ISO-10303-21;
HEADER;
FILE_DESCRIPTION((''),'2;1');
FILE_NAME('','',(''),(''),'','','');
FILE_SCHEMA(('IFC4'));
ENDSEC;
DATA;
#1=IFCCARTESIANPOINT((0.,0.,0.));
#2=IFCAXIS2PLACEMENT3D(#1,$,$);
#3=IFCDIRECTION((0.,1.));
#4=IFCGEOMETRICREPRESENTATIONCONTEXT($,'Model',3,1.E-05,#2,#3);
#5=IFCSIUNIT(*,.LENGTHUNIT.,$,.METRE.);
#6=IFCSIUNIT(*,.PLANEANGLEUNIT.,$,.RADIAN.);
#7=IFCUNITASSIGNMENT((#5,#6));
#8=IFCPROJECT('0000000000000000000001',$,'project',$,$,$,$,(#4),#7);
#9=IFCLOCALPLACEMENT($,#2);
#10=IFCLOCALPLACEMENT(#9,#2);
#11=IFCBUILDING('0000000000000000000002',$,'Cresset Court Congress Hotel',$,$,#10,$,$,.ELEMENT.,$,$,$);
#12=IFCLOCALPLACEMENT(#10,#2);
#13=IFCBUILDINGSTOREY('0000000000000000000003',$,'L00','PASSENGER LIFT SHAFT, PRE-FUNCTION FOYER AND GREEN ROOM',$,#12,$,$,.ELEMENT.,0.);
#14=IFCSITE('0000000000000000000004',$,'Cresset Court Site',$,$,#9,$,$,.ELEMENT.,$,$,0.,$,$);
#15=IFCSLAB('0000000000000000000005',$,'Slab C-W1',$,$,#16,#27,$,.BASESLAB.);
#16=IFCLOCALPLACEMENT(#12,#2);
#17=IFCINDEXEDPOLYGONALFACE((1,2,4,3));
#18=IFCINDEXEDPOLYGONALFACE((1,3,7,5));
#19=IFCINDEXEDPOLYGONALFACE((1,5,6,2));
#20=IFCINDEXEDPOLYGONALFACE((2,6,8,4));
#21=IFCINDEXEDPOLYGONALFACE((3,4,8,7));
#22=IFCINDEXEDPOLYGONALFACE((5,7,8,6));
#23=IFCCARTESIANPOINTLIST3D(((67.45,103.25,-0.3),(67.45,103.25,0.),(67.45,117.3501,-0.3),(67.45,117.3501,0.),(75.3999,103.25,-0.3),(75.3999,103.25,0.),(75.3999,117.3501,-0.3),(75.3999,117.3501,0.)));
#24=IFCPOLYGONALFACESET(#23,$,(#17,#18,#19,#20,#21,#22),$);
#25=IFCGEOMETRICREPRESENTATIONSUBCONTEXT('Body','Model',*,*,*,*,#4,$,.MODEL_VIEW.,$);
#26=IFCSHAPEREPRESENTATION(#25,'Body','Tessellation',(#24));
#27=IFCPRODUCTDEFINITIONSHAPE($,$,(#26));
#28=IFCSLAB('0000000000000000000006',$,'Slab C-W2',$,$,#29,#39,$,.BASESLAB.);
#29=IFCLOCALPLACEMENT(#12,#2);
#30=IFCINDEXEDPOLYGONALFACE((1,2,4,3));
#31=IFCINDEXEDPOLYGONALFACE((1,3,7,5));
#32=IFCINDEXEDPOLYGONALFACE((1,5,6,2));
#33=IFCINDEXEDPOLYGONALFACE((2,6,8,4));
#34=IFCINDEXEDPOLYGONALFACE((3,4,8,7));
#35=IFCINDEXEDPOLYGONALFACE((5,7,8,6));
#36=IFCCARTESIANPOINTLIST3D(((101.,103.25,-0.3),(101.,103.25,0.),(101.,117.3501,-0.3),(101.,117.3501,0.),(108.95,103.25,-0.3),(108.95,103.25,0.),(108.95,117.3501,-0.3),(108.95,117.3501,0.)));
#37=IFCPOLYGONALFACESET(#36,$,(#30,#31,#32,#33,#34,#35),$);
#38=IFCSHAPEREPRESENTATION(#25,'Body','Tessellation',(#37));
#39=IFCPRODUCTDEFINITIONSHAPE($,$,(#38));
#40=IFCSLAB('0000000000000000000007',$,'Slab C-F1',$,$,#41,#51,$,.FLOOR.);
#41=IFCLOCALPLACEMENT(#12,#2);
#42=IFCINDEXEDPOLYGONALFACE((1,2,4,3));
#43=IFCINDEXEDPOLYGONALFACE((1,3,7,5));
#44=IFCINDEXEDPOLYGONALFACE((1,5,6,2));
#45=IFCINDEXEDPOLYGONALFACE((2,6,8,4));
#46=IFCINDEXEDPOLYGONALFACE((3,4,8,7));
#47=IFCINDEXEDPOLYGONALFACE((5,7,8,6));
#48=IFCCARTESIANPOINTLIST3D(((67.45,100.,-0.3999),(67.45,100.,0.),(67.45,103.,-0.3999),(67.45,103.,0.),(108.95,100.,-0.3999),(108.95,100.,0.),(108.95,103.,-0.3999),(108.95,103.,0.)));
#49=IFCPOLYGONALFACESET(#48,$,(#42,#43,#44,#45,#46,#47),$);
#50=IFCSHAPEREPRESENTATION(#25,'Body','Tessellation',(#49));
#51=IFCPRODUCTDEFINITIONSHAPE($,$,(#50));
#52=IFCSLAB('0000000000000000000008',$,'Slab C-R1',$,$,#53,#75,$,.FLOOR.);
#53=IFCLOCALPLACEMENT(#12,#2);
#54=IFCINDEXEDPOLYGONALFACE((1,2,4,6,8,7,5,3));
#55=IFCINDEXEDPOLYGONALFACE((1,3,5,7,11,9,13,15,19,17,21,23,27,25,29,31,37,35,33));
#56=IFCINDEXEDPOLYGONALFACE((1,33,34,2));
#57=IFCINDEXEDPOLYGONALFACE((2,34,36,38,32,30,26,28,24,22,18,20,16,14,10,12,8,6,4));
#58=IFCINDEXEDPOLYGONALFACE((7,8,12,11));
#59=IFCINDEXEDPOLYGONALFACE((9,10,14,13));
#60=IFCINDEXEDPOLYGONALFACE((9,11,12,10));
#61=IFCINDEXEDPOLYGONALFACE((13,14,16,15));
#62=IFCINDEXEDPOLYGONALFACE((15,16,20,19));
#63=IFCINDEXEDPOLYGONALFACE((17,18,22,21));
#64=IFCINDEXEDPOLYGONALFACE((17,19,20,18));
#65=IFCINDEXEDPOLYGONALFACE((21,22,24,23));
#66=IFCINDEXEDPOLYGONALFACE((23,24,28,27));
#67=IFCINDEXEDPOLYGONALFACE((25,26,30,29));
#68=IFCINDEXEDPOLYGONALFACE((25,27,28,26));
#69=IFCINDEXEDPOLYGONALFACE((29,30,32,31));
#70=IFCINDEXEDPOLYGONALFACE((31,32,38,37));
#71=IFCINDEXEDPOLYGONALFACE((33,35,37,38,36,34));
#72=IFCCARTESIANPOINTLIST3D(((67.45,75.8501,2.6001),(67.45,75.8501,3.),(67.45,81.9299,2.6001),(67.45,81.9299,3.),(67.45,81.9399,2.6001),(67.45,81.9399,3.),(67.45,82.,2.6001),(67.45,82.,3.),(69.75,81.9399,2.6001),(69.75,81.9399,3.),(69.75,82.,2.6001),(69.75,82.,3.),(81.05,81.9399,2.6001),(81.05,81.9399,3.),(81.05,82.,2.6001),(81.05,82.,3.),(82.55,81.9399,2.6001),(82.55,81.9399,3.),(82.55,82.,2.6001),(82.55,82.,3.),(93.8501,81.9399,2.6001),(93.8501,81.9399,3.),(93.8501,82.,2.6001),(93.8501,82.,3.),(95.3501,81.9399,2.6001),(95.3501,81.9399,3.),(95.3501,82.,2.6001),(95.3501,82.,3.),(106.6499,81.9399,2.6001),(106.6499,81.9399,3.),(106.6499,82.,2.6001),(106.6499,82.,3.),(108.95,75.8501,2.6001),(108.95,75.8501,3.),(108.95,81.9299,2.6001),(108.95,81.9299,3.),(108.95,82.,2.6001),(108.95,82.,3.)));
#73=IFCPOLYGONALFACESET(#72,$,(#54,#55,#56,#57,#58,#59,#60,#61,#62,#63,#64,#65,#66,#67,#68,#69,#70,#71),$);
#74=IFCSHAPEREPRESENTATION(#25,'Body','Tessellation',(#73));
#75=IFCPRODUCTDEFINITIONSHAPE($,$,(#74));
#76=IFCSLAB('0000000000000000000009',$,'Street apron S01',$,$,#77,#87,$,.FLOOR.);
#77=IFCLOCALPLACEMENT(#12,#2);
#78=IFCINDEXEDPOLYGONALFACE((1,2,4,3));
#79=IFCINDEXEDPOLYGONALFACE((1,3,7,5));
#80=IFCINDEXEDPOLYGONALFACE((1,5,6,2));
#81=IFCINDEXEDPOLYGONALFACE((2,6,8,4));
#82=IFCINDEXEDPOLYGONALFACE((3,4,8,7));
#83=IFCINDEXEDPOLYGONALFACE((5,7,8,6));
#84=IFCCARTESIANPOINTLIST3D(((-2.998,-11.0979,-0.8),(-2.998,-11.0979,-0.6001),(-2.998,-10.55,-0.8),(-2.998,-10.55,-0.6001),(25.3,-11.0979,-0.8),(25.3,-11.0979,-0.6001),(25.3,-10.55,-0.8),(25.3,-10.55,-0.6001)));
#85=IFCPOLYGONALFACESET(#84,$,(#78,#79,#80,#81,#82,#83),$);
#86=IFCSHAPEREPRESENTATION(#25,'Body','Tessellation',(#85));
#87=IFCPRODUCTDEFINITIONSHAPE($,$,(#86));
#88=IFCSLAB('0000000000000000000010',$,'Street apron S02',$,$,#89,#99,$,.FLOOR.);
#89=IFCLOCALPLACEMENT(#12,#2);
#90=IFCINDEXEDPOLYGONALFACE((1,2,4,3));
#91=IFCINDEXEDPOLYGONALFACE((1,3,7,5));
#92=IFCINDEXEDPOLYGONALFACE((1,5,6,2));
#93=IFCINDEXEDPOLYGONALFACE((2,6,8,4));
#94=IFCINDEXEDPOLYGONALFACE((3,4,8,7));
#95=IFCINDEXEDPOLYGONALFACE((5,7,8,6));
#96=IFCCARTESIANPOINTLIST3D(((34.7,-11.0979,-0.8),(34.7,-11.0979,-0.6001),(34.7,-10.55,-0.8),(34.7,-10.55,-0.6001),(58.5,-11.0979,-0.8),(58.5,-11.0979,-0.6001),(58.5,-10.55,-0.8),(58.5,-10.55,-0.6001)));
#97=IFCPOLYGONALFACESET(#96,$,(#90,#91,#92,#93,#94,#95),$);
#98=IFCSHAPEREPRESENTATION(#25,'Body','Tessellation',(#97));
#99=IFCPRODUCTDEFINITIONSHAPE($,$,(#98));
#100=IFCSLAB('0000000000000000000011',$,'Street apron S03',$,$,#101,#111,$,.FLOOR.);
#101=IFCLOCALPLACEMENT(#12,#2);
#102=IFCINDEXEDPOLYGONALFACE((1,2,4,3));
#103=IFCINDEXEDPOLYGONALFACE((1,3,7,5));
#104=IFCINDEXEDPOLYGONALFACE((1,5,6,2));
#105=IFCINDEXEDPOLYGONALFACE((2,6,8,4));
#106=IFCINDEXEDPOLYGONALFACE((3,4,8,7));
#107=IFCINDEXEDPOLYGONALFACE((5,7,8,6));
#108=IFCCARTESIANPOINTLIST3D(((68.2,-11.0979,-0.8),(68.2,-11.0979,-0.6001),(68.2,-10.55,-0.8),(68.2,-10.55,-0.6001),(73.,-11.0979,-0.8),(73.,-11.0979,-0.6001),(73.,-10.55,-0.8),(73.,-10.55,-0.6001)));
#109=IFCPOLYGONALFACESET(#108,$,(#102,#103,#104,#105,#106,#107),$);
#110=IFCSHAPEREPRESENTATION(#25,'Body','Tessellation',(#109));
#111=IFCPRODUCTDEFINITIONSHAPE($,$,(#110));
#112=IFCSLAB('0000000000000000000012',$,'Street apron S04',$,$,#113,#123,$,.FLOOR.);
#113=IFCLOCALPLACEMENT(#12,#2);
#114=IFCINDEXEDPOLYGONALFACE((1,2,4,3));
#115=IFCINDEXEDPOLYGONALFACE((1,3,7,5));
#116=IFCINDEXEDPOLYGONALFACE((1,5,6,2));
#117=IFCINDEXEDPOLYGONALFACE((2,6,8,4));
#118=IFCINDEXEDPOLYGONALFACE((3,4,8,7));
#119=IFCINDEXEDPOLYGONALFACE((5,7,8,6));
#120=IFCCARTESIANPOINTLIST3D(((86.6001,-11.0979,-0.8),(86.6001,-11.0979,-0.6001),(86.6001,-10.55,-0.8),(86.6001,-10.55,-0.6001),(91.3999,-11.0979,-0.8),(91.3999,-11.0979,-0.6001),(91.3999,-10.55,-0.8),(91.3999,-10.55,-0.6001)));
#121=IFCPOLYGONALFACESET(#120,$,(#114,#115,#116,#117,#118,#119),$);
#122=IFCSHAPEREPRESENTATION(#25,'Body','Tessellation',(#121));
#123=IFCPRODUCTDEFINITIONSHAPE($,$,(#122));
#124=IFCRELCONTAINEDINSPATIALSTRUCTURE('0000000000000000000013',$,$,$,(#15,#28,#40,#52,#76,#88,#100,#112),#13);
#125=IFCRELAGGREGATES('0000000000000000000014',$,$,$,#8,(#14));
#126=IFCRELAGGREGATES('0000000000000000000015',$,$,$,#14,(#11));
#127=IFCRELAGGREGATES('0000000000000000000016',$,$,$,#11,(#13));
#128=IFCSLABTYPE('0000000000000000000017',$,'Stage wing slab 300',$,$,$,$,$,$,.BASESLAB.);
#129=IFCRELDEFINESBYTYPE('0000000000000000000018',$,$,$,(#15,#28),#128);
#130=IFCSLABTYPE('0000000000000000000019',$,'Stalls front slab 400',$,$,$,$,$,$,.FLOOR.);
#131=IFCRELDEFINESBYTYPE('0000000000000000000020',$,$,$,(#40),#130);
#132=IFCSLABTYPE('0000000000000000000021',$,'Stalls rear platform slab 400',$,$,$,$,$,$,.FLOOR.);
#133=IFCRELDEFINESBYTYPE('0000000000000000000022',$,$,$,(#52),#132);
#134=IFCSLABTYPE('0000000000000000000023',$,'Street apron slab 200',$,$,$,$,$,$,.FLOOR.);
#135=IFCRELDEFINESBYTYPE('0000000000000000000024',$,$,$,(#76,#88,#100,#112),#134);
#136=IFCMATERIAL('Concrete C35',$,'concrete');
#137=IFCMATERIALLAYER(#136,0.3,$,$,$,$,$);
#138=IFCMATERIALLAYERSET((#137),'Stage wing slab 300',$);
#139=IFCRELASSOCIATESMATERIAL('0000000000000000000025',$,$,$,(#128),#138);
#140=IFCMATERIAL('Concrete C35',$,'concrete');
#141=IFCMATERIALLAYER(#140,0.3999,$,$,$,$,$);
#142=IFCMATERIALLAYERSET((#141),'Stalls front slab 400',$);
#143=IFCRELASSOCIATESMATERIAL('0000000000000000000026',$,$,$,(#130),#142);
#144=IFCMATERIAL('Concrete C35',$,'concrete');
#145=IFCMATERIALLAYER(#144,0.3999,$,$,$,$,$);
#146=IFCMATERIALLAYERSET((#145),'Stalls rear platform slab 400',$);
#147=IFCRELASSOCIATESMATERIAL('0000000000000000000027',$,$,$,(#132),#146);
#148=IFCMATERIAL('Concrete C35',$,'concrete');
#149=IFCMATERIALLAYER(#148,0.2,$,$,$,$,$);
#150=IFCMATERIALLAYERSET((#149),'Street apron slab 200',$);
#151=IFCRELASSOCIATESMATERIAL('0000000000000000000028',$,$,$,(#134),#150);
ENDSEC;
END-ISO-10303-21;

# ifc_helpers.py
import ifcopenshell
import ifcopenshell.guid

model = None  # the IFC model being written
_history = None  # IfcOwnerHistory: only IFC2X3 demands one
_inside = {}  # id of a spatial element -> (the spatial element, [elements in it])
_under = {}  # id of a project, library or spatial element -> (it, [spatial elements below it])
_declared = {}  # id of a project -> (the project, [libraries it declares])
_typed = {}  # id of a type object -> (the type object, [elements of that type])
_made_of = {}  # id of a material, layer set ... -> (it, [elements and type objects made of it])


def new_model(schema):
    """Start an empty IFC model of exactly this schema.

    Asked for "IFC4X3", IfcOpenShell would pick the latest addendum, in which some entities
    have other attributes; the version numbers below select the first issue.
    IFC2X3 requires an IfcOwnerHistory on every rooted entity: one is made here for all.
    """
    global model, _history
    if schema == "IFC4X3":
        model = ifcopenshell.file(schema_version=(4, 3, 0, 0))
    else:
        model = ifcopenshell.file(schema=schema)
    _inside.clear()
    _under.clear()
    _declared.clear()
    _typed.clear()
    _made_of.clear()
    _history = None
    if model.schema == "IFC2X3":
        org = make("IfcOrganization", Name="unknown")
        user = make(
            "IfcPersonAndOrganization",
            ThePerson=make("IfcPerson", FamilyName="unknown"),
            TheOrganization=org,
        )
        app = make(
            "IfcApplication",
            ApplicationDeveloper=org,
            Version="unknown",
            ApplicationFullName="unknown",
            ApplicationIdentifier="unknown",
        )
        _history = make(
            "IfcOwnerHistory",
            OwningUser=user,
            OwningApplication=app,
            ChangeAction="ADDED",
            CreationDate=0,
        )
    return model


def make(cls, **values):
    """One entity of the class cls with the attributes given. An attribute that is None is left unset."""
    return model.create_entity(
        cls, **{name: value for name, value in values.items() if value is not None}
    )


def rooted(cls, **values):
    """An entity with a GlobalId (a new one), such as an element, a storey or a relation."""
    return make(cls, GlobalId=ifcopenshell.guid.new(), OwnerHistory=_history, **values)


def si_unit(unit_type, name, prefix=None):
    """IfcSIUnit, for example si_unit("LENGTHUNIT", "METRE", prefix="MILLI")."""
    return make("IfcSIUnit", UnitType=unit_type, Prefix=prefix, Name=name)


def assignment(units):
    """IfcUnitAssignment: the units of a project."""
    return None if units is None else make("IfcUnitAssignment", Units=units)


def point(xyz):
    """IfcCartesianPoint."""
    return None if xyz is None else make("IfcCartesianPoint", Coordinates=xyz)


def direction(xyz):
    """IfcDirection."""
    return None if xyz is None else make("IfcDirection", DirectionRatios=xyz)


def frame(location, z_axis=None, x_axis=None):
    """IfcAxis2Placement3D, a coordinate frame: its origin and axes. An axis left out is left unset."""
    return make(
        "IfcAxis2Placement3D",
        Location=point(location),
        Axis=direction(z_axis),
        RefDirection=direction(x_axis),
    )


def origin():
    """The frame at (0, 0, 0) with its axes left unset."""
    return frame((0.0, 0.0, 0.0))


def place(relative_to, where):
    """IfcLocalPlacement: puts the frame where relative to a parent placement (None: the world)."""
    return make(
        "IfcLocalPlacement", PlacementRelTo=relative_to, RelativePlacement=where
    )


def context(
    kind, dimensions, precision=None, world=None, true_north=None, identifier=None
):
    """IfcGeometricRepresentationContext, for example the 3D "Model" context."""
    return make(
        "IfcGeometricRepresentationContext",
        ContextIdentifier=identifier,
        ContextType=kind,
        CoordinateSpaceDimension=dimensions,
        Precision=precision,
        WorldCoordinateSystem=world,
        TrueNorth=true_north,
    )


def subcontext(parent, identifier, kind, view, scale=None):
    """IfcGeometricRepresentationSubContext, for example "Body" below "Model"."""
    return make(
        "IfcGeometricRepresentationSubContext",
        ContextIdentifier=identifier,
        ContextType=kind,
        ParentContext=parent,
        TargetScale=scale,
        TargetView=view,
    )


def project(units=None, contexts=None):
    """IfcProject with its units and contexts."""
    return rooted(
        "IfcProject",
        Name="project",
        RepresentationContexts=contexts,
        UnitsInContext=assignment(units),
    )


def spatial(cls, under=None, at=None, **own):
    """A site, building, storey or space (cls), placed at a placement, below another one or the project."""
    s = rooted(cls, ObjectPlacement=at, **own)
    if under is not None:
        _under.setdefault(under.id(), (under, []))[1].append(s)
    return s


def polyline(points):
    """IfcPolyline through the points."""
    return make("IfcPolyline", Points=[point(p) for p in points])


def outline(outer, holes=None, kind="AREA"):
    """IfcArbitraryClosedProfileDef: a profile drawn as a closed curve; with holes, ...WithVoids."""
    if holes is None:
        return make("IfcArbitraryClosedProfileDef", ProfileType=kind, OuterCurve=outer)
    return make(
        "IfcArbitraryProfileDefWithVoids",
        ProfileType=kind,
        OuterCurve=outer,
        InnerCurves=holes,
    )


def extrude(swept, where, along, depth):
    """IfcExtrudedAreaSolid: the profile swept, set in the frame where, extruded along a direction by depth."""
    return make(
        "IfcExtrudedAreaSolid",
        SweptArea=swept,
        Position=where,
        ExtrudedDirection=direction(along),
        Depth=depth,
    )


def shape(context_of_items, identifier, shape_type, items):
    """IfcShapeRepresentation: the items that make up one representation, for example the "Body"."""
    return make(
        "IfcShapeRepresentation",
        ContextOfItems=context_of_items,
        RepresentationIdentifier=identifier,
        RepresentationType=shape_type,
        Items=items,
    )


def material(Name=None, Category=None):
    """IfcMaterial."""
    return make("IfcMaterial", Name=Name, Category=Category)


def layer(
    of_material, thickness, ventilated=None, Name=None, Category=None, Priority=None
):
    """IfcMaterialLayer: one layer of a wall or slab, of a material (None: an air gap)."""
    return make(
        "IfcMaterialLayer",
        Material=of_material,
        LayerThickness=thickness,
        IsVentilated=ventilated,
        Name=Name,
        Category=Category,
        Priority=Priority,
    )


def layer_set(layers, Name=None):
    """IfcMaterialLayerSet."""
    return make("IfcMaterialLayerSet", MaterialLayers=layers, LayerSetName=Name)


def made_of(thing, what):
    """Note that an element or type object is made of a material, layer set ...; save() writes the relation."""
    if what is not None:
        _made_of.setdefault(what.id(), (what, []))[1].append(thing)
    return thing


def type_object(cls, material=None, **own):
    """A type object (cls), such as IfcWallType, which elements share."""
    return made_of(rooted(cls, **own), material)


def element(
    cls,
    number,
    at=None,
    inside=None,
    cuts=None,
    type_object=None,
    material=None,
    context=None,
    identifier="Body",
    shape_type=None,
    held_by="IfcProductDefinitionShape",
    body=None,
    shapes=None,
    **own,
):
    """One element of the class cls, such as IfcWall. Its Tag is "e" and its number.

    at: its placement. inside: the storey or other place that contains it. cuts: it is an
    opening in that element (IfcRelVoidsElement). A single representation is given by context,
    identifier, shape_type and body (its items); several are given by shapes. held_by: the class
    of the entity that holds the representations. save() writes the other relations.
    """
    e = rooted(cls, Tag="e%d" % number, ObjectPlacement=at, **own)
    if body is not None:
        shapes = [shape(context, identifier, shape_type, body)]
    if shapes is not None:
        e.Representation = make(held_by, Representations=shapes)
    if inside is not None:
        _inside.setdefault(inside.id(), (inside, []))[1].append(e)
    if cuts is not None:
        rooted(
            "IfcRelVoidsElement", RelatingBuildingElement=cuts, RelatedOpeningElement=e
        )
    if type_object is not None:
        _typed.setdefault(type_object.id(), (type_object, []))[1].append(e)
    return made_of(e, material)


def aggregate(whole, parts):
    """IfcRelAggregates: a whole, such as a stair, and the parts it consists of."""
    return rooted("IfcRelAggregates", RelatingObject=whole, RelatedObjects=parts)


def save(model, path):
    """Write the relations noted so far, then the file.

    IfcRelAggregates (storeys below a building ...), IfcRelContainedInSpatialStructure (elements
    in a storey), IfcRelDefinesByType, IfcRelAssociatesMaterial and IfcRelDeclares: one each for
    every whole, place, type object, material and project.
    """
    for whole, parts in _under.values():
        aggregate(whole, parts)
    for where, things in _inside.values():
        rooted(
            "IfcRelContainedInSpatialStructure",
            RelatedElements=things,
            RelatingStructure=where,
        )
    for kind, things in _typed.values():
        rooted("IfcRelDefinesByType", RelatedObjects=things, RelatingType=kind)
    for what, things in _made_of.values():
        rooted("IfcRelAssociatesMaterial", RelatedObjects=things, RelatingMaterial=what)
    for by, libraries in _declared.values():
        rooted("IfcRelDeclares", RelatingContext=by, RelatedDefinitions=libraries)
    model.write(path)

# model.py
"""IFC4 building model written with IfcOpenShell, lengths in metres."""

from ifc_helpers import new_model, si_unit, direction, frame, origin, place, context, subcontext, project, spatial, polyline, outline, extrude, material, layer, layer_set, type_object, element, save


model = new_model("IFC4")

# Units and contexts
model_context = context("Model", 3, precision=1e-05, world=origin(), true_north=direction((0.0, 1.0)))
body_context = subcontext(model_context, "Body", "Model", "MODEL_VIEW")
ifc_project = project(units=[si_unit("LENGTHUNIT", "METRE"), si_unit("PLANEANGLEUNIT", "RADIAN")], contexts=[model_context])

# Site, building, storey
site_placement = place(None, origin())
site = spatial("IfcSite", under=ifc_project, at=site_placement, Name="Cresset Court Site", CompositionType="ELEMENT", RefElevation=0.0)
building_placement = place(site_placement, origin())
building = spatial("IfcBuilding", under=site, at=building_placement, Name="Cresset Court Congress Hotel", CompositionType="ELEMENT")
storey_placement = place(building_placement, origin())
storey = spatial("IfcBuildingStorey", under=building, at=storey_placement, Name="L00", Description="PASSENGER LIFT SHAFT, PRE-FUNCTION FOYER AND GREEN ROOM", CompositionType="ELEMENT", Elevation=0.0)

# Slabs
ifc_material_1 = material(Name="Concrete C35", Category="concrete")
ifc_layer_1 = layer(ifc_material_1, 0.3)
ifc_layer_set_1 = layer_set([ifc_layer_1], Name="Stage wing slab 300")
slab_type_1 = type_object("IfcSlabType", Name="Stage wing slab 300", PredefinedType="BASESLAB", material=ifc_layer_set_1)
slab_1_placement = place(storey_placement, frame((0.0, 0.0, -0.3)))
element("IfcSlab", 1, at=slab_1_placement, inside=storey, type_object=slab_type_1, Name="Slab C-W1", PredefinedType="BASESLAB", context=body_context, shape_type="SweptSolid", body=[
    extrude(outline(polyline([(75.3999, 103.25), (75.3999, 117.3501), (67.45, 117.3501), (67.45, 103.25), (75.3999, 103.25)])), origin(), (0.0, 0.0, 1.0), 0.3),
])
slab_2_placement = place(storey_placement, frame((0.0, 0.0, -0.3)))
element("IfcSlab", 2, at=slab_2_placement, inside=storey, type_object=slab_type_1, Name="Slab C-W2", PredefinedType="BASESLAB", context=body_context, shape_type="SweptSolid", body=[
    extrude(outline(polyline([(108.95, 103.25), (108.95, 117.3501), (101.0, 117.3501), (101.0, 103.25), (108.95, 103.25)])), origin(), (0.0, 0.0, 1.0), 0.3),
])
ifc_material_2 = material(Name="Concrete C35", Category="concrete")
ifc_layer_2 = layer(ifc_material_2, 0.3999)
ifc_layer_set_2 = layer_set([ifc_layer_2], Name="Stalls front slab 400")
slab_type_2 = type_object("IfcSlabType", Name="Stalls front slab 400", PredefinedType="FLOOR", material=ifc_layer_set_2)
slab_3_placement = place(storey_placement, frame((0.0, 0.0, -0.3999)))
element("IfcSlab", 3, at=slab_3_placement, inside=storey, type_object=slab_type_2, Name="Slab C-F1", PredefinedType="FLOOR", context=body_context, shape_type="SweptSolid", body=[
    extrude(outline(polyline([(108.95, 100.0), (108.95, 103.0), (67.45, 103.0), (67.45, 100.0), (108.95, 100.0)])), origin(), (0.0, 0.0, 1.0), 0.3999),
])
ifc_material_3 = material(Name="Concrete C35", Category="concrete")
ifc_layer_3 = layer(ifc_material_3, 0.3999)
ifc_layer_set_3 = layer_set([ifc_layer_3], Name="Stalls rear platform slab 400")
slab_type_3 = type_object("IfcSlabType", Name="Stalls rear platform slab 400", PredefinedType="FLOOR", material=ifc_layer_set_3)
slab_4_placement = place(storey_placement, frame((0.0, 0.0, 2.6001)))
element("IfcSlab", 4, at=slab_4_placement, inside=storey, type_object=slab_type_3, Name="Slab C-R1", PredefinedType="FLOOR", context=body_context, shape_type="SweptSolid", body=[
    extrude(outline(polyline([(108.95, 75.8501), (67.45, 75.8501), (67.45, 81.9299), (67.45, 81.9399), (67.45, 82.0), (69.75, 82.0), (69.75, 81.9399), (81.05, 81.9399), (81.05, 82.0), (82.55, 82.0), (82.55, 81.9399), (93.8501, 81.9399), (93.8501, 82.0), (95.3501, 82.0), (95.3501, 81.9399), (106.6499, 81.9399), (106.6499, 82.0), (108.95, 82.0), (108.95, 81.9299), (108.95, 81.9299), (108.95, 75.8501)])), origin(), (0.0, 0.0, 1.0), 0.3999),
])
ifc_material_4 = material(Name="Concrete C35", Category="concrete")
ifc_layer_4 = layer(ifc_material_4, 0.2)
ifc_layer_set_4 = layer_set([ifc_layer_4], Name="Street apron slab 200")
slab_type_4 = type_object("IfcSlabType", Name="Street apron slab 200", PredefinedType="FLOOR", material=ifc_layer_set_4)
slab_5_placement = place(storey_placement, frame((0.0, 0.0, -0.8)))
element("IfcSlab", 5, at=slab_5_placement, inside=storey, type_object=slab_type_4, Name="Street apron S01", PredefinedType="FLOOR", context=body_context, shape_type="SweptSolid", body=[
    extrude(outline(polyline([(-2.998, -11.0979), (25.3, -11.0979), (25.3, -10.55), (-2.998, -10.55), (-2.998, -11.0979)])), origin(), (0.0, 0.0, 1.0), 0.2),
])
slab_6_placement = place(storey_placement, frame((0.0, 0.0, -0.8)))
element("IfcSlab", 6, at=slab_6_placement, inside=storey, type_object=slab_type_4, Name="Street apron S02", PredefinedType="FLOOR", context=body_context, shape_type="SweptSolid", body=[
    extrude(outline(polyline([(34.7, -11.0979), (58.5, -11.0979), (58.5, -10.55), (34.7, -10.55), (34.7, -11.0979)])), origin(), (0.0, 0.0, 1.0), 0.2),
])
slab_7_placement = place(storey_placement, frame((0.0, 0.0, -0.8)))
element("IfcSlab", 7, at=slab_7_placement, inside=storey, type_object=slab_type_4, Name="Street apron S03", PredefinedType="FLOOR", context=body_context, shape_type="SweptSolid", body=[
    extrude(outline(polyline([(68.2, -11.0979), (73.0, -11.0979), (73.0, -10.55), (68.2, -10.55), (68.2, -11.0979)])), origin(), (0.0, 0.0, 1.0), 0.2),
])
slab_8_placement = place(storey_placement, frame((0.0, 0.0, -0.8)))
element("IfcSlab", 8, at=slab_8_placement, inside=storey, type_object=slab_type_4, Name="Street apron S04", PredefinedType="FLOOR", context=body_context, shape_type="SweptSolid", body=[
    extrude(outline(polyline([(86.6001, -11.0979), (91.3999, -11.0979), (91.3999, -10.55), (86.6001, -10.55), (86.6001, -11.0979)])), origin(), (0.0, 0.0, 1.0), 0.2),
])

save(model, "model.ifc")
